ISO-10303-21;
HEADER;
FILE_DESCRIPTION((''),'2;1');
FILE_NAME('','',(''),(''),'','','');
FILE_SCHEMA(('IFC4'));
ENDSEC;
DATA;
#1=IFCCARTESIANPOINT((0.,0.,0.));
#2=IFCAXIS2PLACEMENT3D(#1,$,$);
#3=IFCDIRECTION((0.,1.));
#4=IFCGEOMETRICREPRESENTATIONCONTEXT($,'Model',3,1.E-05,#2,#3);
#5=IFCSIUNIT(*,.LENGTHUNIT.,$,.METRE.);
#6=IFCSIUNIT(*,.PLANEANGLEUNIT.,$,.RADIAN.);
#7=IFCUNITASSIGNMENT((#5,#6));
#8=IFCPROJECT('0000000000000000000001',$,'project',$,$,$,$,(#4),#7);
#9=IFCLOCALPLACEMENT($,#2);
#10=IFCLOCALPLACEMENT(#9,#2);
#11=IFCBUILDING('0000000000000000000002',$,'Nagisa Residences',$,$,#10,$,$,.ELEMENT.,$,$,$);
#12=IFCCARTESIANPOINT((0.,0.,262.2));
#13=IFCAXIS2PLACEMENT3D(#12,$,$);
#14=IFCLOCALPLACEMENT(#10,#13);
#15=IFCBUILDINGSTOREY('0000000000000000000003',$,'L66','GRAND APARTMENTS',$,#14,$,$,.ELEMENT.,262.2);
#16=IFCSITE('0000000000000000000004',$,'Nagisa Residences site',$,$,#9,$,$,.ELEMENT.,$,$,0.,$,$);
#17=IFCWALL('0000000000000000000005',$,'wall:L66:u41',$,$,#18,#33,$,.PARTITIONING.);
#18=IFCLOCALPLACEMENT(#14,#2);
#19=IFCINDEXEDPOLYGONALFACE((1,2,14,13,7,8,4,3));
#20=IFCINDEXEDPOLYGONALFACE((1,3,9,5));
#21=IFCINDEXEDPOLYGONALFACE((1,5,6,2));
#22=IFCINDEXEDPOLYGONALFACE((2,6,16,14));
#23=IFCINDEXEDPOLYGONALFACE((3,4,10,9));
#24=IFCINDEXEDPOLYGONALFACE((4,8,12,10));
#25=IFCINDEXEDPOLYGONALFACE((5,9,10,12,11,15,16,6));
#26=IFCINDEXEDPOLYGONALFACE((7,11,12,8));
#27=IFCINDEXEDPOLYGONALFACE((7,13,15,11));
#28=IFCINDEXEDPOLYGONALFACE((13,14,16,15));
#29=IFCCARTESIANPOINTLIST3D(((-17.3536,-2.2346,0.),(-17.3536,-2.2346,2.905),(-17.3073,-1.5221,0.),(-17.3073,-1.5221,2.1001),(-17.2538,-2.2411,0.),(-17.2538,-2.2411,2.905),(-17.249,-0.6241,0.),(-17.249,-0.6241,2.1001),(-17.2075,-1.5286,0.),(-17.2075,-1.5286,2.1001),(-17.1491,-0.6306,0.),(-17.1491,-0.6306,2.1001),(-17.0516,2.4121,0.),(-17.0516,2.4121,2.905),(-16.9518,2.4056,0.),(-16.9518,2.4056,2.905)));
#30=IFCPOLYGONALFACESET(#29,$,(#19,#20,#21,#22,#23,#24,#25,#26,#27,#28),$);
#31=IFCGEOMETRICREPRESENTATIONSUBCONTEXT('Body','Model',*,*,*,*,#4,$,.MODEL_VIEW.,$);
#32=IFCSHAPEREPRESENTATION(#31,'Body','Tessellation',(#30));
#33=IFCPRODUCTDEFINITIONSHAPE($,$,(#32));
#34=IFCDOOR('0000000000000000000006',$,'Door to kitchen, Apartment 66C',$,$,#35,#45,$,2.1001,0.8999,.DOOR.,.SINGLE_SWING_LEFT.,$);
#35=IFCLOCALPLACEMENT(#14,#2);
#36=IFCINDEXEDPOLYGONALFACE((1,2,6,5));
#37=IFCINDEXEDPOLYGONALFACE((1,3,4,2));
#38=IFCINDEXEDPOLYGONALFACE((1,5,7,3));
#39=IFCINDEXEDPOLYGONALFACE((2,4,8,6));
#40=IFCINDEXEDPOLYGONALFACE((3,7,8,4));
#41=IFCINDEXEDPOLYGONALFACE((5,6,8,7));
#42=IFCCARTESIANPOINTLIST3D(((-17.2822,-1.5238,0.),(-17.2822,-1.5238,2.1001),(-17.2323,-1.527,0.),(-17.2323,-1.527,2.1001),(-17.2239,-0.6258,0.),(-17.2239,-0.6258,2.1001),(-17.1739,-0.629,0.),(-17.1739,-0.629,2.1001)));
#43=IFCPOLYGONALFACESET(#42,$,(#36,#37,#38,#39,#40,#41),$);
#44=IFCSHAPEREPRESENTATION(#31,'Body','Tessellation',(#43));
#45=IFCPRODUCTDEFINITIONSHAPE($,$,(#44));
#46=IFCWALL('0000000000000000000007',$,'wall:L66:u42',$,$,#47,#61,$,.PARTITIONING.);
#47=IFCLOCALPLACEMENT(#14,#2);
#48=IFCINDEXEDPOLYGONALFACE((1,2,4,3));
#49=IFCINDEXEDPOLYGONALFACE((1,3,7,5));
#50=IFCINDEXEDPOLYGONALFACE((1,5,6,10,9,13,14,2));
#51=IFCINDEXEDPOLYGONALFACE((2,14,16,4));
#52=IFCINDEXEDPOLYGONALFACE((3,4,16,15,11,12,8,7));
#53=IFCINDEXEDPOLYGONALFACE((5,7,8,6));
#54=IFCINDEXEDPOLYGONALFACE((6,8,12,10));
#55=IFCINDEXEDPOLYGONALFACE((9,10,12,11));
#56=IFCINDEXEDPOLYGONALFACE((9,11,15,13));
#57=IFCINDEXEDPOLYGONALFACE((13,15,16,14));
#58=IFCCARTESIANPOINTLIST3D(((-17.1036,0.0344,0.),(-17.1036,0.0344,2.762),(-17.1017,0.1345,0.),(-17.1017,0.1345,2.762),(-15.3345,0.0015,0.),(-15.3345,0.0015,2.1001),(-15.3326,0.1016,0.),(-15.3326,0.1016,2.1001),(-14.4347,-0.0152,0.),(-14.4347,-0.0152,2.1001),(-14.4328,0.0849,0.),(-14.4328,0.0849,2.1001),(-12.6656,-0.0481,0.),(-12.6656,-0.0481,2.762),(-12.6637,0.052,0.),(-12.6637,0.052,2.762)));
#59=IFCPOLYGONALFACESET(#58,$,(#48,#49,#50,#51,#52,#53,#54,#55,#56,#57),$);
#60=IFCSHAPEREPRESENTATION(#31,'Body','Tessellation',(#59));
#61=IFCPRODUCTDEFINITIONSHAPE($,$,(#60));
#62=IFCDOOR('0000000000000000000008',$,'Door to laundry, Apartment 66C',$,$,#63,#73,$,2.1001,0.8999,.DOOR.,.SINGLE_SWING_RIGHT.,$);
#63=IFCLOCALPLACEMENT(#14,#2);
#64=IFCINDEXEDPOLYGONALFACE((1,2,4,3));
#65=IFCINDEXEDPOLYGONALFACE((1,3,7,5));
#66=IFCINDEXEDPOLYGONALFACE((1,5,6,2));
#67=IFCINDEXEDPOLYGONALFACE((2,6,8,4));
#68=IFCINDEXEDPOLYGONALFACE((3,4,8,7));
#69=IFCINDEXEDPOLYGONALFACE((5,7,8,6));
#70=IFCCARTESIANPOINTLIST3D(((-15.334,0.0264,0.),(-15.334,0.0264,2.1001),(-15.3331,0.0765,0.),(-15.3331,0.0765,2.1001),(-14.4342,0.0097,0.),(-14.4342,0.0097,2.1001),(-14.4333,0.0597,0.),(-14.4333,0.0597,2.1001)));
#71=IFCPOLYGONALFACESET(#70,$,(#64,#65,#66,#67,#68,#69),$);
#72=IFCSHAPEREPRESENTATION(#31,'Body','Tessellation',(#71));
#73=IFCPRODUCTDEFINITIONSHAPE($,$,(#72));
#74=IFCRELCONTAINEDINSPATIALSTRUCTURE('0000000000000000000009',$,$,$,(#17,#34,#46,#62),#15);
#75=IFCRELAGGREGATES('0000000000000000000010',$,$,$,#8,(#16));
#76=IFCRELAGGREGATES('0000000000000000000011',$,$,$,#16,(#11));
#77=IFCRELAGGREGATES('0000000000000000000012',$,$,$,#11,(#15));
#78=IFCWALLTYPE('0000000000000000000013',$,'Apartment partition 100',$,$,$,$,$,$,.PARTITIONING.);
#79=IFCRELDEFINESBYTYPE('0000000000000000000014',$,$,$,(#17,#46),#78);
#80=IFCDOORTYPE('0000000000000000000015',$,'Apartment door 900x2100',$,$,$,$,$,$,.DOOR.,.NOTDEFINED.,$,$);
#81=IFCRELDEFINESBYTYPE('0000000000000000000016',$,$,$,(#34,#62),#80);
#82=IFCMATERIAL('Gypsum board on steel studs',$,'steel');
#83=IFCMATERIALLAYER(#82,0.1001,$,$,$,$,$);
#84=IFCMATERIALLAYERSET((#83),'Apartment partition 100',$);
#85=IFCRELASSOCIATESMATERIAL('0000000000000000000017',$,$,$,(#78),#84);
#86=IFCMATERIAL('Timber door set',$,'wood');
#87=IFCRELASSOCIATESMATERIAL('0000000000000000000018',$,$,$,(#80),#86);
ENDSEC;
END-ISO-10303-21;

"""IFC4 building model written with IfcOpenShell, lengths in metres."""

from ifc_helpers import new_model, si_unit, direction, frame, frame_2d, origin, place, context, subcontext, project, spatial, rectangle, extrude, material, layer, layer_set, type_object, element, fill, save


model = new_model("IFC4")

# Units and contexts
model_context = context("Model", 3, precision=1e-05, world=origin(), true_north=direction((0.0, 1.0)))
body_context = subcontext(model_context, "Body", "Model", "MODEL_VIEW")
ifc_project = project(units=[si_unit("LENGTHUNIT", "METRE"), si_unit("PLANEANGLEUNIT", "RADIAN")], contexts=[model_context])

# Site, building, storey
site_placement = place(None, origin())
site = spatial("IfcSite", under=ifc_project, at=site_placement, Name="Nagisa Residences site", CompositionType="ELEMENT", RefElevation=0.0)
building_placement = place(site_placement, origin())
building = spatial("IfcBuilding", under=site, at=building_placement, Name="Nagisa Residences", CompositionType="ELEMENT")
storey_placement = place(building_placement, frame((0.0, 0.0, 262.2)))
storey = spatial("IfcBuildingStorey", under=building, at=storey_placement, Name="L66", Description="GRAND APARTMENTS", CompositionType="ELEMENT", Elevation=262.2)

# Shared definitions
ifc_material_1 = material(Name="Gypsum board on steel studs", Category="steel")
ifc_layer_1 = layer(ifc_material_1, 0.1001)
ifc_layer_set_1 = layer_set([ifc_layer_1], Name="Apartment partition 100")
wall_type_1 = type_object("IfcWallType", Name="Apartment partition 100", PredefinedType="PARTITIONING", material=ifc_layer_set_1)
ifc_material_2 = material(Name="Timber door set", Category="wood")
door_type_1 = type_object("IfcDoorType", Name="Apartment door 900x2100", OperationType="NOTDEFINED", PredefinedType="DOOR", material=ifc_material_2)

# Walls, openings, doors
wall_1_placement = place(storey_placement, frame((-17.0017, 2.4087, 0.0), z_axis=(0.0, 0.0, 1.0), x_axis=(-0.064856, -0.997895, 0.0)))
wall_1 = element("IfcWall", 1, at=wall_1_placement, inside=storey, type_object=wall_type_1, Name="wall:L66:u41", PredefinedType="PARTITIONING", context=body_context, shape_type="SweptSolid", body=[
    extrude(rectangle(XDim=4.6565, YDim=0.1001, at=frame_2d((2.3281, 0.0))), origin(), (0.0, 0.0, 1.0), 2.905),
])
opening_1_placement = place(wall_1_placement, frame((3.0425, 0.0, 0.0)))
opening_1 = element("IfcOpeningElement", 2, at=opening_1_placement, cuts=wall_1, PredefinedType="OPENING", context=body_context, shape_type="SweptSolid", body=[
    extrude(rectangle(XDim=0.8999, YDim=2.1001, at=frame_2d((0.45, 1.05))), frame((0.0, 0.0601, 0.0), z_axis=(0.0, -1.0, 0.0), x_axis=(1.0, 0.0, 0.0)), (0.0, 0.0, 1.0), 0.1201),
])
door_1_placement = place(opening_1_placement, frame((0.8999, 0.0, 0.0), x_axis=(-1.0, 0.0, 0.0)))
door_1 = element("IfcDoor", 3, at=door_1_placement, inside=storey, type_object=door_type_1, Name="Door to kitchen, Apartment 66C", OperationType="SINGLE_SWING_LEFT", OverallHeight=2.1001, OverallWidth=0.8999, PredefinedType="DOOR", context=body_context, shape_type="SweptSolid", body=[
    extrude(rectangle(XDim=0.8999, YDim=2.1001, at=frame_2d((0.45, 1.05))), frame((0.0, 0.0249, 0.0), z_axis=(0.0, -1.0, 0.0), x_axis=(1.0, 0.0, 0.0)), (0.0, 0.0, 1.0), 0.05),
])
fill(opening_1, door_1)
wall_2_placement = place(storey_placement, frame((-12.6648, 0.002, 0.0), z_axis=(0.0, 0.0, 1.0), x_axis=(-0.999827, 0.018591, 0.0)))
wall_2 = element("IfcWall", 4, at=wall_2_placement, inside=storey, type_object=wall_type_1, Name="wall:L66:u42", PredefinedType="PARTITIONING", context=body_context, shape_type="SweptSolid", body=[
    extrude(rectangle(XDim=4.4387, YDim=0.1001, at=frame_2d((2.2192, 0.0))), origin(), (0.0, 0.0, 1.0), 2.762),
])
opening_2_placement = place(wall_2_placement, frame((1.7693, 0.0, 0.0)))
opening_2 = element("IfcOpeningElement", 5, at=opening_2_placement, cuts=wall_2, PredefinedType="OPENING", context=body_context, shape_type="SweptSolid", body=[
    extrude(rectangle(XDim=0.8999, YDim=2.1001, at=frame_2d((0.45, 1.05))), frame((0.0, 0.0601, 0.0), z_axis=(0.0, -1.0, 0.0), x_axis=(1.0, 0.0, 0.0)), (0.0, 0.0, 1.0), 0.1201),
])
door_2_placement = place(opening_2_placement, frame((0.8999, 0.0, 0.0), x_axis=(-1.0, 0.0, 0.0)))
door_2 = element("IfcDoor", 6, at=door_2_placement, inside=storey, type_object=door_type_1, Name="Door to laundry, Apartment 66C", OperationType="SINGLE_SWING_RIGHT", OverallHeight=2.1001, OverallWidth=0.8999, PredefinedType="DOOR", context=body_context, shape_type="SweptSolid", body=[
    extrude(rectangle(XDim=0.8999, YDim=2.1001, at=frame_2d((0.45, 1.05))), frame((0.0, 0.0249, 0.0), z_axis=(0.0, -1.0, 0.0), x_axis=(1.0, 0.0, 0.0)), (0.0, 0.0, 1.0), 0.05),
])
fill(opening_2, door_2)

save(model, "model.ifc")
